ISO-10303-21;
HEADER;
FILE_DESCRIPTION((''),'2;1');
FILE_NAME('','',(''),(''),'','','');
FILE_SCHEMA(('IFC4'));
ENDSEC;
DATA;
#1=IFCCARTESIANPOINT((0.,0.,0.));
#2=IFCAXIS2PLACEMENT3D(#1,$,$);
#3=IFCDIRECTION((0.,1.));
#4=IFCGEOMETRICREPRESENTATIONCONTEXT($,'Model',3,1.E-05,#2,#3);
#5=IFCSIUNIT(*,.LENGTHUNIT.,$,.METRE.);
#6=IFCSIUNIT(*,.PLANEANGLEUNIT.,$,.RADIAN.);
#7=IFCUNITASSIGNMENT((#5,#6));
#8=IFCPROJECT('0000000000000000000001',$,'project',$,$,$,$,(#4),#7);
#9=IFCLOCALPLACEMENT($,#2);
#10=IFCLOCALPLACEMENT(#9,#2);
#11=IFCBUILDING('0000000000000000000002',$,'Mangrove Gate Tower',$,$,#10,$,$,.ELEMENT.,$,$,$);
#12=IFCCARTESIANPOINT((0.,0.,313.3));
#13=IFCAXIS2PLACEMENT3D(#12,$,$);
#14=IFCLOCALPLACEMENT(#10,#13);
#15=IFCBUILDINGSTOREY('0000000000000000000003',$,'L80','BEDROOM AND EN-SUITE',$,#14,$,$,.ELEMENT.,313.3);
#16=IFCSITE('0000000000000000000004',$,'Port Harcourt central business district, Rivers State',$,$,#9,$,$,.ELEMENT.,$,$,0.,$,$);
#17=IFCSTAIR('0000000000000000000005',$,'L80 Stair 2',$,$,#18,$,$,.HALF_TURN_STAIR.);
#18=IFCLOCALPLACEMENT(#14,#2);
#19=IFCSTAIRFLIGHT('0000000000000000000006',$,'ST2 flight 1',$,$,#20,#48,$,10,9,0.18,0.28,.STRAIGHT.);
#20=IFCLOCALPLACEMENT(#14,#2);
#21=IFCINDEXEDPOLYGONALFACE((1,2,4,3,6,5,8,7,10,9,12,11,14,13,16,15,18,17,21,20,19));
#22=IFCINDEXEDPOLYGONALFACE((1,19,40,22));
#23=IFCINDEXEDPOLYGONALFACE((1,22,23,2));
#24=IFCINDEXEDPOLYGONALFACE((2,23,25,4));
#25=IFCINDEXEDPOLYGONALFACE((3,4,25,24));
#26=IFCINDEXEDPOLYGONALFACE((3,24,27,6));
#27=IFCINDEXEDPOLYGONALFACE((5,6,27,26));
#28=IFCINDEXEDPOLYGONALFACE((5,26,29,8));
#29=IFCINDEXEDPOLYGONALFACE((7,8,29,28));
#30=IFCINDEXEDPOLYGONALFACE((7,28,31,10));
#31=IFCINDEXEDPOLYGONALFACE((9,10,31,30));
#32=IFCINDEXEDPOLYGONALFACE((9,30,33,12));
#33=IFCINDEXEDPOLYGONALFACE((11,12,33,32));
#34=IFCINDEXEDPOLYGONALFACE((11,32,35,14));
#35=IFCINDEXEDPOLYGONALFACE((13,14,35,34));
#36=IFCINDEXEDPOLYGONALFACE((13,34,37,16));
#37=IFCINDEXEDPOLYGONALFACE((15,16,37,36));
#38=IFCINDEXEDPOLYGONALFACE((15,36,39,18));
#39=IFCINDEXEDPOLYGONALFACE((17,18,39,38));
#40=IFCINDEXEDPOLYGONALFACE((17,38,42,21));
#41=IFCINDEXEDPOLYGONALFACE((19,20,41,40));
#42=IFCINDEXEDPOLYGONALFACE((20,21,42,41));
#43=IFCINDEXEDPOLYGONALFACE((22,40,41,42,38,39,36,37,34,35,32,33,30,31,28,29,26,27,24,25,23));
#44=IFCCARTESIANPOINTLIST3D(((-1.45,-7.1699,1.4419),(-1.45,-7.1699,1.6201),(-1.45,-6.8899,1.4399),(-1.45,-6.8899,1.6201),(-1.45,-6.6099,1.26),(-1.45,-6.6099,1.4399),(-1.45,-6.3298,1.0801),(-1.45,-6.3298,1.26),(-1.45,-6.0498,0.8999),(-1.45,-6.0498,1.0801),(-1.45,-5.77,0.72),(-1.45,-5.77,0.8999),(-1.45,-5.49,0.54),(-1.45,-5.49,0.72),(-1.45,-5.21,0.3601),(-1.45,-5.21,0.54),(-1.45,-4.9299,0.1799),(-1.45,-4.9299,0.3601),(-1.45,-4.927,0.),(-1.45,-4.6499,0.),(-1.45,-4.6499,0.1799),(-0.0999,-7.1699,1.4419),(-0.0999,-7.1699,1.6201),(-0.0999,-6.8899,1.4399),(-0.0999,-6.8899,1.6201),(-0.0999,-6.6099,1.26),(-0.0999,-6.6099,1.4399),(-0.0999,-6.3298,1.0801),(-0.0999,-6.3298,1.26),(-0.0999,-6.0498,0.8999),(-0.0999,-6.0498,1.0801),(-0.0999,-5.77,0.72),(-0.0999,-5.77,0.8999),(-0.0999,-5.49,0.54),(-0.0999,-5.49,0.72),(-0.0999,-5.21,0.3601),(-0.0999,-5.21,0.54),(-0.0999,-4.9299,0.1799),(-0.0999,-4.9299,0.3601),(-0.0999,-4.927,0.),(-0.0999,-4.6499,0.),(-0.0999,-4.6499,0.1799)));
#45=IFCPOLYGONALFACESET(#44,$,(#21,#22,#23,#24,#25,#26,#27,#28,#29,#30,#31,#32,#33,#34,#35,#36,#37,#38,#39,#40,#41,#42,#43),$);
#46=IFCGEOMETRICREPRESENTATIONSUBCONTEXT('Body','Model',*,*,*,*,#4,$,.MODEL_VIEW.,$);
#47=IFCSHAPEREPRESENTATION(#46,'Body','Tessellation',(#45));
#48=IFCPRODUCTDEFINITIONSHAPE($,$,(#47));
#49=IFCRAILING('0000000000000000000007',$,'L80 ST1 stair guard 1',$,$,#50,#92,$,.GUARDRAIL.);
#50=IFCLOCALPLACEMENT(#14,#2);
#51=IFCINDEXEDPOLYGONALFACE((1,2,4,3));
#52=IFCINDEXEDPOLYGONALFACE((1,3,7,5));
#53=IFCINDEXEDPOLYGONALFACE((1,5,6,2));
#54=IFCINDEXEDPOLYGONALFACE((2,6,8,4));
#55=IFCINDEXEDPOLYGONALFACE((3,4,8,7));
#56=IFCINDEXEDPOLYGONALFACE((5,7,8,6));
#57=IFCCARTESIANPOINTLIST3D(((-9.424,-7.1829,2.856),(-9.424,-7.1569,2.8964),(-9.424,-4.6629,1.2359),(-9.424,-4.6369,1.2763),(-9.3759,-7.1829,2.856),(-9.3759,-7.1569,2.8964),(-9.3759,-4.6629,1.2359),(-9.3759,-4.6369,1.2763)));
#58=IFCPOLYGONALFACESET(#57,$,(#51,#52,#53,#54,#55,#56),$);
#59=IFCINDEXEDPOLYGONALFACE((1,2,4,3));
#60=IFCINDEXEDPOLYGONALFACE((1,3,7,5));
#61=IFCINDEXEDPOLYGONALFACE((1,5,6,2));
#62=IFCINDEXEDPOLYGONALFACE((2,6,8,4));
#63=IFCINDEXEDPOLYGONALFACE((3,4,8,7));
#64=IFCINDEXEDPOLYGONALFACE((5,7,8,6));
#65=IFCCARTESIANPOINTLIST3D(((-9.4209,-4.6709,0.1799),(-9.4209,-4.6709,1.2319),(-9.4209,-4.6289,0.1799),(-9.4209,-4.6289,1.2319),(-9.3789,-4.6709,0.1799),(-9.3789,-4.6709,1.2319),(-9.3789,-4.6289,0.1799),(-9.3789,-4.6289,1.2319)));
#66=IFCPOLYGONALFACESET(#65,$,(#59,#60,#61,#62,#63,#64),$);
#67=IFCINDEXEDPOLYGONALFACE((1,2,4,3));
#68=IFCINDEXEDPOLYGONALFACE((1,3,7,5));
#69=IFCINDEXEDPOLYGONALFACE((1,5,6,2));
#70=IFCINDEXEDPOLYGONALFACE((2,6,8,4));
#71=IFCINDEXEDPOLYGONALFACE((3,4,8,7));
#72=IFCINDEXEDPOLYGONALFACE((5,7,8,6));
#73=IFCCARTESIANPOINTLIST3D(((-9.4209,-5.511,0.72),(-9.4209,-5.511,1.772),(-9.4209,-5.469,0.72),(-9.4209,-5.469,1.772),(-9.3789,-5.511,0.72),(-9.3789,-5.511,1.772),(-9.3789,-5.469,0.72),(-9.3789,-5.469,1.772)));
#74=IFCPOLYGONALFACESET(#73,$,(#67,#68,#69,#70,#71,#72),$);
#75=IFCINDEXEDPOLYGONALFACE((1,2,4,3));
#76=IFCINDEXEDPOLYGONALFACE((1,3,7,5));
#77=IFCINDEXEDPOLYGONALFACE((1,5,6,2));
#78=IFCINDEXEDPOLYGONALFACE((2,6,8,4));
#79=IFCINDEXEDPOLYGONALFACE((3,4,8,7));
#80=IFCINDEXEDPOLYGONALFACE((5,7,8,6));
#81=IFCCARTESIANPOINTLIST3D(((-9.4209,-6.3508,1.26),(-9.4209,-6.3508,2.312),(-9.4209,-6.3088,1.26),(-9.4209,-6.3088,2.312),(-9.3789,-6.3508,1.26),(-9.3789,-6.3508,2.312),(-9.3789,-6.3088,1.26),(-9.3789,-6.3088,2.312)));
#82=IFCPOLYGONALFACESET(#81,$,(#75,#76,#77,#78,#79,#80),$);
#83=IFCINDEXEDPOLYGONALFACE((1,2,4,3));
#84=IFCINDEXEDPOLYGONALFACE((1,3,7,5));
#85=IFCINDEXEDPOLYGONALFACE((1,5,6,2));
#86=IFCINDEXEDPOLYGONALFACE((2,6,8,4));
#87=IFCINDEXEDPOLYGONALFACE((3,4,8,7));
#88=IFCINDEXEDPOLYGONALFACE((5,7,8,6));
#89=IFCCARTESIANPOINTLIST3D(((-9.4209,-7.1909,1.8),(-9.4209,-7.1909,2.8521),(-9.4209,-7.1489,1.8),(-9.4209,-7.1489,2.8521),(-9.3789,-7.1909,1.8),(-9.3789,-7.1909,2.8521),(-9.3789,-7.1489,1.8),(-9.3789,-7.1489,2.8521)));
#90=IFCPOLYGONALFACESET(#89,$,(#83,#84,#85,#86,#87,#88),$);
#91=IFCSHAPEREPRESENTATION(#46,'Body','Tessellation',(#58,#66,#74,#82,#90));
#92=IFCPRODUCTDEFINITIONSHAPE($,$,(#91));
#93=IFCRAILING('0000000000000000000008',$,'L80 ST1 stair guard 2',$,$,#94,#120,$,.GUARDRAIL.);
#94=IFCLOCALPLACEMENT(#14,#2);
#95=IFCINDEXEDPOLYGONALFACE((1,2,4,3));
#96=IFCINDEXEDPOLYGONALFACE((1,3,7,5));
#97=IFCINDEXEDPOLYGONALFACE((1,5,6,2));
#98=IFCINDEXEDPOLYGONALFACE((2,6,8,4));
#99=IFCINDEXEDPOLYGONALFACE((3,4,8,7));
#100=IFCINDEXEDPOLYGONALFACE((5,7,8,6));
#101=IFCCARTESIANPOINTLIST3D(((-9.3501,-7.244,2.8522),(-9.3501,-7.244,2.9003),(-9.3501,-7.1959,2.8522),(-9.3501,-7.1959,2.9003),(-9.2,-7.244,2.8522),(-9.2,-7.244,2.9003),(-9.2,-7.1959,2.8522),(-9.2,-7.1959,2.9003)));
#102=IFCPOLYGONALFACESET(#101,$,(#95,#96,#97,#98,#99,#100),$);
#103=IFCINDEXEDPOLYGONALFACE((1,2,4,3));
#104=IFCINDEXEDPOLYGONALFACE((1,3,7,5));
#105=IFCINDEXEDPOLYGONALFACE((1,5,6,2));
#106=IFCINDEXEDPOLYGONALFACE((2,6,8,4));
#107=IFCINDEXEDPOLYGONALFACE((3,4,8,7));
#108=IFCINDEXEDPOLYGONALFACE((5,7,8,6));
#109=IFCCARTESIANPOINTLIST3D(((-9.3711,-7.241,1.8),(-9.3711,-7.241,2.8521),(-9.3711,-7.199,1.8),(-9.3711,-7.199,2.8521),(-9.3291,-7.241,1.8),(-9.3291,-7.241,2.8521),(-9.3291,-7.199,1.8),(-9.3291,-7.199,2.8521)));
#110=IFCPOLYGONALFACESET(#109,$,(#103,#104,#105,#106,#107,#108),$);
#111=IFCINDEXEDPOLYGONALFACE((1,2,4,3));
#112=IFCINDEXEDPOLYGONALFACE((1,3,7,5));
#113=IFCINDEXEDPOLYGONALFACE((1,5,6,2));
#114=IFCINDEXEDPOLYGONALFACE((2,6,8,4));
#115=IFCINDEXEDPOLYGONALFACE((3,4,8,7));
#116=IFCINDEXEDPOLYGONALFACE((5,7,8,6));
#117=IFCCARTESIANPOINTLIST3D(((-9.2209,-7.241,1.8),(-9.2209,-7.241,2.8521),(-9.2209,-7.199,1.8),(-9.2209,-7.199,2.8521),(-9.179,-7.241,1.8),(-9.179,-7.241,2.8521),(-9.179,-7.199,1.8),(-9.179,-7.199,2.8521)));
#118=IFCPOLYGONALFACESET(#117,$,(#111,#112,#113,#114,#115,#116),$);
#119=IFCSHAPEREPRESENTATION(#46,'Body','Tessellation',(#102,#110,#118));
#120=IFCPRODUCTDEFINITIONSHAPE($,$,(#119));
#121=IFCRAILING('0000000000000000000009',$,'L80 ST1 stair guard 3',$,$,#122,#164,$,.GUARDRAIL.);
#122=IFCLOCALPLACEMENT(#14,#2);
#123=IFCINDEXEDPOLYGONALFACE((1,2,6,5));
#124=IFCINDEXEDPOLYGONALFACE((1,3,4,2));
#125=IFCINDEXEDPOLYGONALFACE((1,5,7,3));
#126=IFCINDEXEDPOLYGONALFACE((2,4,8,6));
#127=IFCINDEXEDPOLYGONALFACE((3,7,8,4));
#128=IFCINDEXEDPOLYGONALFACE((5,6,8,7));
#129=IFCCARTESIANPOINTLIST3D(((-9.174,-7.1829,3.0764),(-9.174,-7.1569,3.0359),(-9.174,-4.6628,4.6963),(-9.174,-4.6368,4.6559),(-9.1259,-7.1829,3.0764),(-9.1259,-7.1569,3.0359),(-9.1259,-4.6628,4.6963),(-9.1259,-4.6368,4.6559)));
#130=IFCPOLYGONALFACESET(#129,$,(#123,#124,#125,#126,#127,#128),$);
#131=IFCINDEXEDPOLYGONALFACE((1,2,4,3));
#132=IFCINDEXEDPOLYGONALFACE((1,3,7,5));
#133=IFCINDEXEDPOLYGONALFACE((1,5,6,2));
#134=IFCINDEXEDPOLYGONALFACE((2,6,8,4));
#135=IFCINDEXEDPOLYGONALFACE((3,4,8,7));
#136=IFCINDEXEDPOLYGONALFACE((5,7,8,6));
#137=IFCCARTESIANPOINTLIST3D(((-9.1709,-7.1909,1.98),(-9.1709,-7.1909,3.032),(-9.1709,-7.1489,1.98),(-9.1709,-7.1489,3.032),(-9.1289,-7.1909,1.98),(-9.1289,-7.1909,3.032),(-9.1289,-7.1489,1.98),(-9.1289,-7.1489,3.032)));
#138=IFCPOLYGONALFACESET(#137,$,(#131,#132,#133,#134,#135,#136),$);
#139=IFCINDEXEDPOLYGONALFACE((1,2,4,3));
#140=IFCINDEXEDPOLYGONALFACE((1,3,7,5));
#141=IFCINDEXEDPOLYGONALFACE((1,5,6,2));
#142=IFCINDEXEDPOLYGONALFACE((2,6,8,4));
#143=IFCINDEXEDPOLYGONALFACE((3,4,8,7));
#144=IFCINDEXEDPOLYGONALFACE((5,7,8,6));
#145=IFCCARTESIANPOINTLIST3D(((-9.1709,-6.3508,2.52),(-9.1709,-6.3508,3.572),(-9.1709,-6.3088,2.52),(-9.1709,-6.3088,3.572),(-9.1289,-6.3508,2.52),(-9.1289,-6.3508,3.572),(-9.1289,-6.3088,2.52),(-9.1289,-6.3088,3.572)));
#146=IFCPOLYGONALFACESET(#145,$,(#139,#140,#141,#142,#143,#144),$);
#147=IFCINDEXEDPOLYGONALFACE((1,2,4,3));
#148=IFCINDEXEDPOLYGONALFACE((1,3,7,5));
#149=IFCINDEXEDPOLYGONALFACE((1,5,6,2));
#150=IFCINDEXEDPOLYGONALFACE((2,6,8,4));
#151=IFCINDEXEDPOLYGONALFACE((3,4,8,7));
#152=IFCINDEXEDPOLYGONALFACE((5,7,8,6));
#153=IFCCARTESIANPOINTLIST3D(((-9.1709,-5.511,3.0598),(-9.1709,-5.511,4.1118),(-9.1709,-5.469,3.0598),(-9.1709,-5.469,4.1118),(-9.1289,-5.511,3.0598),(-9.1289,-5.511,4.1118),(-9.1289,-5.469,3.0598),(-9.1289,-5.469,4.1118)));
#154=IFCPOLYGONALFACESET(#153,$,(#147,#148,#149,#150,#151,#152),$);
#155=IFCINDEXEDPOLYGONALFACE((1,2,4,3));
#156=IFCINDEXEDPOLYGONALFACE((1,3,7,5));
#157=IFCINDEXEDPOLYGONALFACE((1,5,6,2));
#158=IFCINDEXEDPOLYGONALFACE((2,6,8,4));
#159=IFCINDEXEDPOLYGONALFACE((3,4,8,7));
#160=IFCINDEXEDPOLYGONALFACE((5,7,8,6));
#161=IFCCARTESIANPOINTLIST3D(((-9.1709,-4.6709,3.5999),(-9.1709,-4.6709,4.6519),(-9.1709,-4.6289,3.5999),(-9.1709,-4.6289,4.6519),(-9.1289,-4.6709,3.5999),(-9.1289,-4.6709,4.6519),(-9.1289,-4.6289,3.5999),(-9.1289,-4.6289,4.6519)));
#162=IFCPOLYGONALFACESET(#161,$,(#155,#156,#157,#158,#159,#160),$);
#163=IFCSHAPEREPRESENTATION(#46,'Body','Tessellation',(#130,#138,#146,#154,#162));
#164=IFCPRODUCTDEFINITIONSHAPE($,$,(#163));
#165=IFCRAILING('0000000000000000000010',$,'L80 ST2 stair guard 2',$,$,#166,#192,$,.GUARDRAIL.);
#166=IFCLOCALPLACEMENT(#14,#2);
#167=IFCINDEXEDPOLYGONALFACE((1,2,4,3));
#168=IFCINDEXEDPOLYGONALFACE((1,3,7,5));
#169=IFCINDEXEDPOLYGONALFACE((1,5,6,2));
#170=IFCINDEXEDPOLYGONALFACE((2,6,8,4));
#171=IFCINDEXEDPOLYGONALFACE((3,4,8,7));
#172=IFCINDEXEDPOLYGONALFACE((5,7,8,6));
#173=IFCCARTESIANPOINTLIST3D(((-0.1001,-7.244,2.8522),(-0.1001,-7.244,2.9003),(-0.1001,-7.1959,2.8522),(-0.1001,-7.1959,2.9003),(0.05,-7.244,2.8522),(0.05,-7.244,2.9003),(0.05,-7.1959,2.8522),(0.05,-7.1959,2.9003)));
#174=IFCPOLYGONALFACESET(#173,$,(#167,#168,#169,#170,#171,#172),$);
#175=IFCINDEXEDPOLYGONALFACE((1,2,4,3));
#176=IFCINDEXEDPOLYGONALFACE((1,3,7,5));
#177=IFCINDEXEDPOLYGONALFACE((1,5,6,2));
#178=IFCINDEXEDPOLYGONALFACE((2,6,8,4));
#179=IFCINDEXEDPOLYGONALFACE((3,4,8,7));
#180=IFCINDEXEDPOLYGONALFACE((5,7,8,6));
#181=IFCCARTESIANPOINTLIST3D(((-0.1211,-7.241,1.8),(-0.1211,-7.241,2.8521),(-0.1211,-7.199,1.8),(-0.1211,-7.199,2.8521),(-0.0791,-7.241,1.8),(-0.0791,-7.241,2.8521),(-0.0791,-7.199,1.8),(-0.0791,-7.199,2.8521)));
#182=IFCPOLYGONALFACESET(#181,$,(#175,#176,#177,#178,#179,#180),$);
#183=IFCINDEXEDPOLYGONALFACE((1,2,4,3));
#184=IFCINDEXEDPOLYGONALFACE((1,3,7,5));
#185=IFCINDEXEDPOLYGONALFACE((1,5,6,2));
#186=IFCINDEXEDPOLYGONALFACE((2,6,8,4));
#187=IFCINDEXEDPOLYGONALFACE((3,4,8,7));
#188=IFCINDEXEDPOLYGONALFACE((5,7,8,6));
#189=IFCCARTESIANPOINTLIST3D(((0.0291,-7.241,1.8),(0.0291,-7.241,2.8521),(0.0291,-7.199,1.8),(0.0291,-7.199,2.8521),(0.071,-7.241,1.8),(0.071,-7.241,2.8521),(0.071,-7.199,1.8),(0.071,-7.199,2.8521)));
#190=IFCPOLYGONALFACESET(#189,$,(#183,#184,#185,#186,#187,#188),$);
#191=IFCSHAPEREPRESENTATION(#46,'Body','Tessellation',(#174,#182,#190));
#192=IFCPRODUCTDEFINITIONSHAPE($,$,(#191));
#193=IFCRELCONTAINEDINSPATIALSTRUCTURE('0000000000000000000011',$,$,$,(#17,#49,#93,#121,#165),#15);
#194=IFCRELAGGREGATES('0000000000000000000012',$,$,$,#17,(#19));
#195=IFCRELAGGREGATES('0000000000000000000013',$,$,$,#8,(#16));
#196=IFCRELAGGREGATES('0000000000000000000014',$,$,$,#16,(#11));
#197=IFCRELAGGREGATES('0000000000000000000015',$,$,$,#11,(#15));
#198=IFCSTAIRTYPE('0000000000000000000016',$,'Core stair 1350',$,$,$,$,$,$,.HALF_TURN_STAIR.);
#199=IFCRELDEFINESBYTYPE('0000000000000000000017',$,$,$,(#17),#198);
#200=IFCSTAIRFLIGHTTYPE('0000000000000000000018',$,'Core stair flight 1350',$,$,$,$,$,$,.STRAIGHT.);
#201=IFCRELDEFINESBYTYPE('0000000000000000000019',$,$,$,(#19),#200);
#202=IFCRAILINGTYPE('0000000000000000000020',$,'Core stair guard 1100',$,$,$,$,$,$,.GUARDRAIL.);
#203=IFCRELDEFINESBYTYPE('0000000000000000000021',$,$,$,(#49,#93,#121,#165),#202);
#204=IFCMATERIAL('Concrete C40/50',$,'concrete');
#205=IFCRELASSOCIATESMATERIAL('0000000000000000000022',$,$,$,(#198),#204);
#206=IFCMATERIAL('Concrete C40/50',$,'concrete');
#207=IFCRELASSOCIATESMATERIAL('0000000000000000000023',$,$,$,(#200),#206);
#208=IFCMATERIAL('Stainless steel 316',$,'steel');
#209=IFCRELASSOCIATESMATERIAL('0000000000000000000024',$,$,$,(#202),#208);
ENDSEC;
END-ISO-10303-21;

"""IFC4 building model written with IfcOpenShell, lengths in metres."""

from ifc_helpers import new_model, si_unit, direction, frame, origin, origin_2d, place, context, subcontext, project, spatial, polyline, rectangle, outline, extrude, material, type_object, element, aggregate, save


model = new_model("IFC4")

# Units and contexts
model_context = context("Model", 3, precision=1e-05, world=origin(), true_north=direction((0.0, 1.0)))
body_context = subcontext(model_context, "Body", "Model", "MODEL_VIEW")
ifc_project = project(units=[si_unit("LENGTHUNIT", "METRE"), si_unit("PLANEANGLEUNIT", "RADIAN")], contexts=[model_context])

# Site, building, storey
site_placement = place(None, origin())
site = spatial("IfcSite", under=ifc_project, at=site_placement, Name="Port Harcourt central business district, Rivers State", CompositionType="ELEMENT", RefElevation=0.0)
building_placement = place(site_placement, origin())
building = spatial("IfcBuilding", under=site, at=building_placement, Name="Mangrove Gate Tower", CompositionType="ELEMENT")
storey_placement = place(building_placement, frame((0.0, 0.0, 313.3)))
storey = spatial("IfcBuildingStorey", under=building, at=storey_placement, Name="L80", Description="BEDROOM AND EN-SUITE", CompositionType="ELEMENT", Elevation=313.3)

# Shared definitions
ifc_material_1 = material(Name="Concrete C40/50", Category="concrete")
stair_type = type_object("IfcStairType", Name="Core stair 1350", PredefinedType="HALF_TURN_STAIR", material=ifc_material_1)
ifc_material_2 = material(Name="Concrete C40/50", Category="concrete")
stair_flight_type = type_object("IfcStairFlightType", Name="Core stair flight 1350", PredefinedType="STRAIGHT", material=ifc_material_2)

# Stair, stair flight
stair_1_placement = place(storey_placement, origin())
stair_1 = element("IfcStair", 1, at=stair_1_placement, inside=storey, type_object=stair_type, Name="L80 Stair 2", PredefinedType="HALF_TURN_STAIR")
stair_flight_1_placement = place(storey_placement, frame((-0.7749, -4.6499, 0.0), z_axis=(0.0, 0.0, 1.0), x_axis=(0.0, -1.0, 0.0)))
stair_flight_1 = element("IfcStairFlight", 2, at=stair_flight_1_placement, type_object=stair_flight_type, Name="ST2 flight 1", NumberOfRisers=10, NumberOfTreads=9, PredefinedType="STRAIGHT", RiserHeight=0.18, TreadLength=0.28, context=body_context, shape_type="SweptSolid", body=[
    extrude(outline(polyline([(0.0, 0.0), (0.0, 0.1799), (0.28, 0.1799), (0.28, 0.3601), (0.5601, 0.3601), (0.5601, 0.54), (0.8401, 0.54), (0.8401, 0.72), (1.1201, 0.72), (1.1201, 0.8999), (1.3999, 0.8999), (1.3999, 1.0801), (1.6799, 1.0801), (1.6799, 1.26), (1.96, 1.26), (1.96, 1.4399), (2.24, 1.4399), (2.24, 1.6201), (2.52, 1.6201), (2.52, 1.8), (2.52, 1.4419), (0.2771, 0.0), (0.0, 0.0)])), frame((0.0, 0.675, 0.0), z_axis=(0.0, -1.0, 0.0), x_axis=(1.0, 0.0, 0.0)), (0.0, 0.0, 1.0), 1.3501),
])
aggregate(stair_1, [stair_flight_1])

# Railings
ifc_material_3 = material(Name="Stainless steel 316", Category="steel")
railing_type_1 = type_object("IfcRailingType", Name="Core stair guard 1100", PredefinedType="GUARDRAIL", material=ifc_material_3)
railing_1_placement = place(storey_placement, frame((-9.3999, -4.6499, 0.1799)))
element("IfcRailing", 3, at=railing_1_placement, inside=storey, type_object=railing_type_1, Name="L80 ST1 stair guard 1", PredefinedType="GUARDRAIL", context=body_context, shape_type="SweptSolid", body=[
    extrude(rectangle(XDim=0.0481, YDim=0.0481, at=origin_2d()), frame((0.0, 0.0, 1.0762), z_axis=(0.0, -0.841163, 0.540782), x_axis=(1.0, 0.0, 0.0)), (0.0, 0.0, 1.0), 2.9958),
    extrude(rectangle(XDim=0.042, YDim=0.042, at=origin_2d()), origin(), (0.0, 0.0, 1.0), 1.052),
    extrude(rectangle(XDim=0.042, YDim=0.042, at=origin_2d()), frame((0.0, -0.8401, 0.54)), (0.0, 0.0, 1.0), 1.052),
    extrude(rectangle(XDim=0.042, YDim=0.042, at=origin_2d()), frame((0.0, -1.6799, 1.0801)), (0.0, 0.0, 1.0), 1.052),
    extrude(rectangle(XDim=0.042, YDim=0.042, at=origin_2d()), frame((0.0, -2.52, 1.6201)), (0.0, 0.0, 1.0), 1.052),
])
railing_2_placement = place(storey_placement, frame((-9.3501, -7.22, 1.8)))
element("IfcRailing", 4, at=railing_2_placement, inside=storey, type_object=railing_type_1, Name="L80 ST1 stair guard 2", PredefinedType="GUARDRAIL", context=body_context, shape_type="SweptSolid", body=[
    extrude(rectangle(XDim=0.0481, YDim=0.0481, at=origin_2d()), frame((0.0, 0.0, 1.0762), z_axis=(1.0, 0.0, 0.0), x_axis=(0.0, 1.0, 0.0)), (0.0, 0.0, 1.0), 0.1501),
    extrude(rectangle(XDim=0.042, YDim=0.042, at=origin_2d()), origin(), (0.0, 0.0, 1.0), 1.052),
    extrude(rectangle(XDim=0.042, YDim=0.042, at=origin_2d()), frame((0.1501, 0.0, 0.0)), (0.0, 0.0, 1.0), 1.052),
])
railing_3_placement = place(storey_placement, frame((-9.1499, -7.1699, 1.98)))
element("IfcRailing", 5, at=railing_3_placement, inside=storey, type_object=railing_type_1, Name="L80 ST1 stair guard 3", PredefinedType="GUARDRAIL", context=body_context, shape_type="SweptSolid", body=[
    extrude(rectangle(XDim=0.0481, YDim=0.0481, at=origin_2d()), frame((0.0, 0.0, 1.0762), z_axis=(0.0, 0.8412, 0.540725), x_axis=(-1.0, 0.0, 0.0)), (0.0, 0.0, 1.0), 2.9958),
    extrude(rectangle(XDim=0.042, YDim=0.042, at=origin_2d()), origin(), (0.0, 0.0, 1.0), 1.052),
    extrude(rectangle(XDim=0.042, YDim=0.042, at=origin_2d()), frame((0.0, 0.8401, 0.54)), (0.0, 0.0, 1.0), 1.052),
    extrude(rectangle(XDim=0.042, YDim=0.042, at=origin_2d()), frame((0.0, 1.6799, 1.0798)), (0.0, 0.0, 1.0), 1.052),
    extrude(rectangle(XDim=0.042, YDim=0.042, at=origin_2d()), frame((0.0, 2.52, 1.6199)), (0.0, 0.0, 1.0), 1.052),
])
railing_4_placement = place(storey_placement, frame((-0.1001, -7.22, 1.8)))
element("IfcRailing", 6, at=railing_4_placement, inside=storey, type_object=railing_type_1, Name="L80 ST2 stair guard 2", PredefinedType="GUARDRAIL", context=body_context, shape_type="SweptSolid", body=[
    extrude(rectangle(XDim=0.0481, YDim=0.0481, at=origin_2d()), frame((0.0, 0.0, 1.0762), z_axis=(1.0, 0.0, 0.0), x_axis=(0.0, 1.0, 0.0)), (0.0, 0.0, 1.0), 0.1501),
    extrude(rectangle(XDim=0.042, YDim=0.042, at=origin_2d()), origin(), (0.0, 0.0, 1.0), 1.052),
    extrude(rectangle(XDim=0.042, YDim=0.042, at=origin_2d()), frame((0.1501, 0.0, 0.0)), (0.0, 0.0, 1.0), 1.052),
])

save(model, "model.ifc")
